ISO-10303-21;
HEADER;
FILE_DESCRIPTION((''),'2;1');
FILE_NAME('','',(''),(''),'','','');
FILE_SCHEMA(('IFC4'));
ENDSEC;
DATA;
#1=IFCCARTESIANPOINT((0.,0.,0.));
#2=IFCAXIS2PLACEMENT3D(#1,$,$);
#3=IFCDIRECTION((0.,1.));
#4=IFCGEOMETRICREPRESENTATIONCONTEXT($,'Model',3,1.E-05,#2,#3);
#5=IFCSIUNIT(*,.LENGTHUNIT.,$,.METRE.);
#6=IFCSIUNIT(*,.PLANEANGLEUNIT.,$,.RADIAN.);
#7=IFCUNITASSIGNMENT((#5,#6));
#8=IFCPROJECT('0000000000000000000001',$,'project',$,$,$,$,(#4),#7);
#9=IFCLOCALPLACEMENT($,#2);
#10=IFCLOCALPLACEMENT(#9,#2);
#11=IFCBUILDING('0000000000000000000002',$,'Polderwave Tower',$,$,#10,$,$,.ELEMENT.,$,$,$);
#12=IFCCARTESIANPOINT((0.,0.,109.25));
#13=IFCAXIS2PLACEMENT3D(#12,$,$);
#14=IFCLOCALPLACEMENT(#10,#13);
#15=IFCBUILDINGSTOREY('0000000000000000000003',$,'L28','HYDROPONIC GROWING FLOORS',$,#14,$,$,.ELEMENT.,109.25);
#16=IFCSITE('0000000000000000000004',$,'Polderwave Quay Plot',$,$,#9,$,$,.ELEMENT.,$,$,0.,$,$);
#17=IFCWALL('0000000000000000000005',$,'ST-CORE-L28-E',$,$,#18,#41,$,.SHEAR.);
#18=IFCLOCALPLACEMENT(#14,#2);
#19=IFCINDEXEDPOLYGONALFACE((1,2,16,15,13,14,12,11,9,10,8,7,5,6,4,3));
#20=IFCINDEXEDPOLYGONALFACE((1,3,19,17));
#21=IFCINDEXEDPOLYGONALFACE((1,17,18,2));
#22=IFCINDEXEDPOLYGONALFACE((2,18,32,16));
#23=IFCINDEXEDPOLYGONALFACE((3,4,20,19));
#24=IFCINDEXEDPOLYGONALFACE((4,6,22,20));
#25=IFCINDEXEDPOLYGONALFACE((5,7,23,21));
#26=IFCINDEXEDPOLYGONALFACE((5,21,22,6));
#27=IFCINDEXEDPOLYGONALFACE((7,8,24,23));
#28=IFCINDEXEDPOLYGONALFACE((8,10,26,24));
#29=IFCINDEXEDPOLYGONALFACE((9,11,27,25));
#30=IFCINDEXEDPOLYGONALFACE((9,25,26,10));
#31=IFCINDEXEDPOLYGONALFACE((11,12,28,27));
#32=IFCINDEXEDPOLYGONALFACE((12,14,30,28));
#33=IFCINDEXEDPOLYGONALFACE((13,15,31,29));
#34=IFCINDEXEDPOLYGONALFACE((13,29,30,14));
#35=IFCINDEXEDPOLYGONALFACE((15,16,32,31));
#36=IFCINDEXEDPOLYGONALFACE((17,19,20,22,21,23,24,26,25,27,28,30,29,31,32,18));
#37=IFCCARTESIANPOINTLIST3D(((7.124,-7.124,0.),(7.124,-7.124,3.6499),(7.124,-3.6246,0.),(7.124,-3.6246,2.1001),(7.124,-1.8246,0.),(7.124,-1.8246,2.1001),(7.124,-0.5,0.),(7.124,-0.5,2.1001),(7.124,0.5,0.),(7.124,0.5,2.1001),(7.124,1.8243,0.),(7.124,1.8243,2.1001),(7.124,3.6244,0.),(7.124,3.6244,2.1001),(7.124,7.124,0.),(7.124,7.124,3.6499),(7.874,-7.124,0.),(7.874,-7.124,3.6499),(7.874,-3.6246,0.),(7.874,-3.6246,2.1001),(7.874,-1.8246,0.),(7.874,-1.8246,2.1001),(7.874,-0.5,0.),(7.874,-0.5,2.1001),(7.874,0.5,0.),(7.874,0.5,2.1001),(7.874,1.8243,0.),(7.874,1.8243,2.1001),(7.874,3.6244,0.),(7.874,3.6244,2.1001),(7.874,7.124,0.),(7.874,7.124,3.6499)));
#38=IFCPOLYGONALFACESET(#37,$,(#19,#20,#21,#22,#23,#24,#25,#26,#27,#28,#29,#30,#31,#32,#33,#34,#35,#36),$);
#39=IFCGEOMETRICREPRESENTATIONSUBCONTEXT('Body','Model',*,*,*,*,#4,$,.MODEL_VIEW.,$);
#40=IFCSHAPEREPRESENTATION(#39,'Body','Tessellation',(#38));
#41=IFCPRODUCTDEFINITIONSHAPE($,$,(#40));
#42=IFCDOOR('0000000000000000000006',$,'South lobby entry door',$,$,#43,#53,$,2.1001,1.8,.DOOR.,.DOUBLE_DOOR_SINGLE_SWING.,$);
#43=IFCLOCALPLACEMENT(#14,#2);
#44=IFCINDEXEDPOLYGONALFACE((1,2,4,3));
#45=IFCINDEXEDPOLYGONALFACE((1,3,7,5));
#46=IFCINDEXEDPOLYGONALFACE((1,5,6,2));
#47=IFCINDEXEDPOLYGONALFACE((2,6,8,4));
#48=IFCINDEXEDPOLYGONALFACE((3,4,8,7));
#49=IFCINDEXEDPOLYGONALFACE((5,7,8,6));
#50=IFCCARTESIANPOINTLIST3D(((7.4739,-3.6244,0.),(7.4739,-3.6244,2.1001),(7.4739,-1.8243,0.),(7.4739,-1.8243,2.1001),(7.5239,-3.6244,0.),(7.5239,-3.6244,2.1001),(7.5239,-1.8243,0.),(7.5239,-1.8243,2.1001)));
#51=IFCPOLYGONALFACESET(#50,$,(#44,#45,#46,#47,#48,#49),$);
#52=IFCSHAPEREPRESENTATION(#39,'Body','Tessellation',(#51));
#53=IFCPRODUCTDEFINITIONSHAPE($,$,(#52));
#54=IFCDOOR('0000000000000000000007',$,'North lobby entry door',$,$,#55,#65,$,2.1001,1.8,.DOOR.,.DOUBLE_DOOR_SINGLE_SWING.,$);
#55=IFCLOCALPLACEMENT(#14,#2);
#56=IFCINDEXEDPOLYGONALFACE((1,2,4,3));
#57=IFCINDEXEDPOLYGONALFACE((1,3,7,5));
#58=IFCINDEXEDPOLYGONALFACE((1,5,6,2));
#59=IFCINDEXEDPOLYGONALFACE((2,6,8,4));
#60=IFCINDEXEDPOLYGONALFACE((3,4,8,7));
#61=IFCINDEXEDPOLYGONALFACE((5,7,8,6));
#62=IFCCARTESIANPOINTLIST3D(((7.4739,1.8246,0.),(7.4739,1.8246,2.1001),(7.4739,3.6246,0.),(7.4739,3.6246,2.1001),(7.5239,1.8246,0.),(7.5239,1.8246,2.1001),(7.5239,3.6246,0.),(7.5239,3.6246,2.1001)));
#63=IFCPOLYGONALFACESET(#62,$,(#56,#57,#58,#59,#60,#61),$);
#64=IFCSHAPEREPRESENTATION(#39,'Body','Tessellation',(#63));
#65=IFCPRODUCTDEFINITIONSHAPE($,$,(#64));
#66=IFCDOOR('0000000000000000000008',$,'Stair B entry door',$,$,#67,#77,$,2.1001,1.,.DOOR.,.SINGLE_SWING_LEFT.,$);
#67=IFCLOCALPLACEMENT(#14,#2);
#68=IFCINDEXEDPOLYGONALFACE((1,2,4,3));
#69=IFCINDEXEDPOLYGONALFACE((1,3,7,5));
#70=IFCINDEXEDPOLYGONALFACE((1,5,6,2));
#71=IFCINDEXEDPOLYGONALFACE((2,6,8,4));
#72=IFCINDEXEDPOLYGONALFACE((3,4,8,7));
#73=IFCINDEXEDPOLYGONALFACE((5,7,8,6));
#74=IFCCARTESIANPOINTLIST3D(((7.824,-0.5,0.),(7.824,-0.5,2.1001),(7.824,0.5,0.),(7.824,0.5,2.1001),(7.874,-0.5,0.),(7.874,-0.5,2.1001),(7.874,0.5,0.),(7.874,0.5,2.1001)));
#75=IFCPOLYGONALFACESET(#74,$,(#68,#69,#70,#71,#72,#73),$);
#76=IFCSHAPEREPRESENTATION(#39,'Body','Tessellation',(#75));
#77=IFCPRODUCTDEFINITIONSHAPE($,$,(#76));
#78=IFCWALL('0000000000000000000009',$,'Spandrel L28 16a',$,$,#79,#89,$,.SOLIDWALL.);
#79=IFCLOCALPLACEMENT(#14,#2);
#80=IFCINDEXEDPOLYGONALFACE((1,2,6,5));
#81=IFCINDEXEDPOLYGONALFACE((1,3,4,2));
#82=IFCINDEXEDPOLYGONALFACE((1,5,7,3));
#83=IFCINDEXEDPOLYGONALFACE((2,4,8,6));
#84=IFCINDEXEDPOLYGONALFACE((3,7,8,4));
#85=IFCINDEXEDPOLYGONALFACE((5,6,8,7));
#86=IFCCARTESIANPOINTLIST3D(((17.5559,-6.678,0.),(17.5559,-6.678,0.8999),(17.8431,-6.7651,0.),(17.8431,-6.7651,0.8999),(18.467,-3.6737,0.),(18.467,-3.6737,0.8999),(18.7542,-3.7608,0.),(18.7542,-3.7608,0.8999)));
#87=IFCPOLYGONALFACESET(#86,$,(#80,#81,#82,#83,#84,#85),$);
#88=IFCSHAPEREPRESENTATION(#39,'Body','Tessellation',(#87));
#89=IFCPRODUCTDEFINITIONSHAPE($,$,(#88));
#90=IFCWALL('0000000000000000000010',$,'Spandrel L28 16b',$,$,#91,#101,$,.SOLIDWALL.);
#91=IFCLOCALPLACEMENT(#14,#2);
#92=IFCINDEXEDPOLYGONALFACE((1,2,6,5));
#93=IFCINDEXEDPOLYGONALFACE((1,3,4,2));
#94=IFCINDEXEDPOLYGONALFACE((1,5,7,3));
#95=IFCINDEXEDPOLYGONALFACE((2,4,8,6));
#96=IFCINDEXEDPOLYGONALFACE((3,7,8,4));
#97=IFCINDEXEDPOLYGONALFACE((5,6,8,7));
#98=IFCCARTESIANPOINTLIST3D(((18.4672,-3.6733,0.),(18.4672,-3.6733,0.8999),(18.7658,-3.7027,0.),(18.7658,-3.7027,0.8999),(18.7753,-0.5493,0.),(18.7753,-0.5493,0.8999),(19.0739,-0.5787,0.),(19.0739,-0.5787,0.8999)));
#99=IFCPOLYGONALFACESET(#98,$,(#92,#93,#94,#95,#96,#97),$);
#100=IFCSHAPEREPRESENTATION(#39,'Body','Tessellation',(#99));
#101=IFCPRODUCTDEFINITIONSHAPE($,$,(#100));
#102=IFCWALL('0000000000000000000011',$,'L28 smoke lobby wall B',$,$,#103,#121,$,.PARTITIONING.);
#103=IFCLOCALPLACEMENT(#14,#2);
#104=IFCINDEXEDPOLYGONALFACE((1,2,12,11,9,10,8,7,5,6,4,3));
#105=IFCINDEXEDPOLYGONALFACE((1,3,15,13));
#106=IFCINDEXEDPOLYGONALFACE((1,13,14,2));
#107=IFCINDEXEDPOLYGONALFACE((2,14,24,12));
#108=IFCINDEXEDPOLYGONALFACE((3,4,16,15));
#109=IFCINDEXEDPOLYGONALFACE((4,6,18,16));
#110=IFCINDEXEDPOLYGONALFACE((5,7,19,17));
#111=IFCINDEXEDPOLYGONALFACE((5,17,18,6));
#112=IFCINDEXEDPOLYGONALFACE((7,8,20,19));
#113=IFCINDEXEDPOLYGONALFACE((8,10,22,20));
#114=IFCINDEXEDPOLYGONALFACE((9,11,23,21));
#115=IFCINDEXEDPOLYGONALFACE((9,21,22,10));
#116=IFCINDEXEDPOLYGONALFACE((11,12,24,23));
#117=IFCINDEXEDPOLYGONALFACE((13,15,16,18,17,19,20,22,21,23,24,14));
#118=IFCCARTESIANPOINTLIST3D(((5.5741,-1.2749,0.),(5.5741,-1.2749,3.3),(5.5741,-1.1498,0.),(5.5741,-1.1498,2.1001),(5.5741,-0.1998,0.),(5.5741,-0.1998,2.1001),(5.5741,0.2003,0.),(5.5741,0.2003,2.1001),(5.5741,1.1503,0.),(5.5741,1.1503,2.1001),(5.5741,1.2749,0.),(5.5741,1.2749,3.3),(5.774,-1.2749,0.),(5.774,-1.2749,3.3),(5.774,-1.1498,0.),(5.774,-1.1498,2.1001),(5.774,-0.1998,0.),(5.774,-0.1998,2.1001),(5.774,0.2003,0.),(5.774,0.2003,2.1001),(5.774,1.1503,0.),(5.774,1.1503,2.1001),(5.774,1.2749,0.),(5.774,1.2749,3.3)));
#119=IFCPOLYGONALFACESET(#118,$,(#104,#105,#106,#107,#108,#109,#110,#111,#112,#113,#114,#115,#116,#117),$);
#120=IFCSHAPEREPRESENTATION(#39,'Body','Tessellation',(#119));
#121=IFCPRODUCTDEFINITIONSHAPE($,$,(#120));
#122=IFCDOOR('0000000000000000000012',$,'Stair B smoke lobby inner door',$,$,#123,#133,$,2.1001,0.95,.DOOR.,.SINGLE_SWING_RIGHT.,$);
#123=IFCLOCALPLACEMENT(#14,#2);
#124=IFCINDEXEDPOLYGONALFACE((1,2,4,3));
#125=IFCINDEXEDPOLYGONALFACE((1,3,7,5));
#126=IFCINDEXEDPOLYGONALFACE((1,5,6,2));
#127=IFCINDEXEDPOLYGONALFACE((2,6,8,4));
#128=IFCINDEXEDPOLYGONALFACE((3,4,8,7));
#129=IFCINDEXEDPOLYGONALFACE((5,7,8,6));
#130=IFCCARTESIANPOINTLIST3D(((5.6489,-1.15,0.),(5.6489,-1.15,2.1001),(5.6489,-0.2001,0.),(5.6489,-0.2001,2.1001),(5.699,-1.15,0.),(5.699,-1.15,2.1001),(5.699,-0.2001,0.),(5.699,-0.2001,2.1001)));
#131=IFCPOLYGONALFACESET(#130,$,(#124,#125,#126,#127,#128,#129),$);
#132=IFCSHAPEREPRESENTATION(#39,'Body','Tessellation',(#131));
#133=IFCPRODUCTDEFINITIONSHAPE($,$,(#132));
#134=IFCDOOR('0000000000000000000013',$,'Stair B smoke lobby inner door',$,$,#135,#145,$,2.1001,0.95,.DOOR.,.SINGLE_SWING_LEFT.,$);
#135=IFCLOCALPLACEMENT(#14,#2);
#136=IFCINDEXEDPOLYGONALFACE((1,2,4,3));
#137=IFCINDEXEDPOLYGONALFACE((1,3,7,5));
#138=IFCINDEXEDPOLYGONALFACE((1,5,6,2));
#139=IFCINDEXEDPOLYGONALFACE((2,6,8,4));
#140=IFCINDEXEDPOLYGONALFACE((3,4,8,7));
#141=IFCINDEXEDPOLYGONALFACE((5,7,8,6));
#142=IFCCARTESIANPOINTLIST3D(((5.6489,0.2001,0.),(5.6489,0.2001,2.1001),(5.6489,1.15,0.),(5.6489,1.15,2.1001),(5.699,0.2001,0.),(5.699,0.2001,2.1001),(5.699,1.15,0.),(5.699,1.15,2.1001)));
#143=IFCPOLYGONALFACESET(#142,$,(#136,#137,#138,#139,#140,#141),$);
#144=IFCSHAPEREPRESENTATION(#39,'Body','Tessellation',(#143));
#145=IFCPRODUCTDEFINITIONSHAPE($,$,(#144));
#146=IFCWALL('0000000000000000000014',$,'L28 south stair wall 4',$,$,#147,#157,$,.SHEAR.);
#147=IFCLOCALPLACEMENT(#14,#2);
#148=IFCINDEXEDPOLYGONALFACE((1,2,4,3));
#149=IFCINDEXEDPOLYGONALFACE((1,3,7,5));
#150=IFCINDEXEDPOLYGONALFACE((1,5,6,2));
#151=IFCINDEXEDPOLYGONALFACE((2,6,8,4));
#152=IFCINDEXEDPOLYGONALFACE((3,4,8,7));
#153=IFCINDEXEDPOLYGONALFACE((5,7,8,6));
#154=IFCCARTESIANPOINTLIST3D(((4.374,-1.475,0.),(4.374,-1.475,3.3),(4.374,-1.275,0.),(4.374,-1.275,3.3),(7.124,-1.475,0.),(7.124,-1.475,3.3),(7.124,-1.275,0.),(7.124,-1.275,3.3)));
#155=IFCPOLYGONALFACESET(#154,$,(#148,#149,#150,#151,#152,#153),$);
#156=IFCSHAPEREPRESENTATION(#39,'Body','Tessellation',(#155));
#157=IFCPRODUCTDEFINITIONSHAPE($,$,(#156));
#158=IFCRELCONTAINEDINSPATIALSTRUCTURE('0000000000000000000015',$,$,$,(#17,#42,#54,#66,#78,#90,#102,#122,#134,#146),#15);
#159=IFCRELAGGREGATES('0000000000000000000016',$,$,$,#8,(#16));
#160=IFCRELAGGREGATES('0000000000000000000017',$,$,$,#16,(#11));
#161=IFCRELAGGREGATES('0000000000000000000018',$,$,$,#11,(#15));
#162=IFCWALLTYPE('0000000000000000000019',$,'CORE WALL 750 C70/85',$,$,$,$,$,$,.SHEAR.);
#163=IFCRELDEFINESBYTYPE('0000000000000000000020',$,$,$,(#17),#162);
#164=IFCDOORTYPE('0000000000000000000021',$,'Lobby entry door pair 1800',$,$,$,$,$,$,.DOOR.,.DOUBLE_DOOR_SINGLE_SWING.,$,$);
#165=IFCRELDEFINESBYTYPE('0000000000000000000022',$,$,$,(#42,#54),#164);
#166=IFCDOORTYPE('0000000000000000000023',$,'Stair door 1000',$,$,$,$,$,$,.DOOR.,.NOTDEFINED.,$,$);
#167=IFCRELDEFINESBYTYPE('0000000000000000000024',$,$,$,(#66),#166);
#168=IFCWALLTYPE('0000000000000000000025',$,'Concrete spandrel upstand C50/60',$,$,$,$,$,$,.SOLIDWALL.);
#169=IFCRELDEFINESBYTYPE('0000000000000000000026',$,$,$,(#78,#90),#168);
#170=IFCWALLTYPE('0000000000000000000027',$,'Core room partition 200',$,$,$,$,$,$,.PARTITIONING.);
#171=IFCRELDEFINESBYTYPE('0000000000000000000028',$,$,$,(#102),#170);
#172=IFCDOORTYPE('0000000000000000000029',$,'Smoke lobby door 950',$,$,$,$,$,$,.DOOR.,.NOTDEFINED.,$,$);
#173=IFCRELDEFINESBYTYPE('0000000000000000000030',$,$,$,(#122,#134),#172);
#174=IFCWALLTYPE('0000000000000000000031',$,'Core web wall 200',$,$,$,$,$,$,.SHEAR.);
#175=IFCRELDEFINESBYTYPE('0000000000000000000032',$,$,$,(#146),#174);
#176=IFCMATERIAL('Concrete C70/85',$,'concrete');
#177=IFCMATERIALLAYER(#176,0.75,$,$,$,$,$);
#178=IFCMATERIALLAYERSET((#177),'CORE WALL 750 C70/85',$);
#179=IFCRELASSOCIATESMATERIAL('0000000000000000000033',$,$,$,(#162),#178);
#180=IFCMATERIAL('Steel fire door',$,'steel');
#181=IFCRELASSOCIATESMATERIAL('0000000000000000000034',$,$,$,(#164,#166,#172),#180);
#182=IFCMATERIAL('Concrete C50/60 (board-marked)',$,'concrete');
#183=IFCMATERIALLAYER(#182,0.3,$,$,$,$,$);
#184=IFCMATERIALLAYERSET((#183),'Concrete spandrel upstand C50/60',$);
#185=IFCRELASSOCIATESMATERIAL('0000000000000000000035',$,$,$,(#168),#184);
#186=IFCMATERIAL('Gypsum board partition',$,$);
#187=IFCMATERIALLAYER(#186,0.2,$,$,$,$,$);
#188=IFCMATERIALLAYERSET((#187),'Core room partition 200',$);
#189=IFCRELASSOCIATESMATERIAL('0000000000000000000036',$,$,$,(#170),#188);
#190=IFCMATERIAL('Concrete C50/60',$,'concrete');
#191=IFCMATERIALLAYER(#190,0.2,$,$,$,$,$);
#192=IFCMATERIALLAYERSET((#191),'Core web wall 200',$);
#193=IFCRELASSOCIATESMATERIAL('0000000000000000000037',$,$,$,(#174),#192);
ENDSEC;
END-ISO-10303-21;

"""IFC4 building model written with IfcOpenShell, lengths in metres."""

from ifc_helpers import new_model, si_unit, direction, frame, frame_2d, origin, place, context, subcontext, project, spatial, rectangle, extrude, material, layer, layer_set, type_object, element, fill, save


model = new_model("IFC4")

# Units and contexts
model_context = context("Model", 3, precision=1e-05, world=origin(), true_north=direction((0.0, 1.0)))
body_context = subcontext(model_context, "Body", "Model", "MODEL_VIEW")
ifc_project = project(units=[si_unit("LENGTHUNIT", "METRE"), si_unit("PLANEANGLEUNIT", "RADIAN")], contexts=[model_context])

# Site, building, storey
site_placement = place(None, origin())
site = spatial("IfcSite", under=ifc_project, at=site_placement, Name="Polderwave Quay Plot", CompositionType="ELEMENT", RefElevation=0.0)
building_placement = place(site_placement, origin())
building = spatial("IfcBuilding", under=site, at=building_placement, Name="Polderwave Tower", CompositionType="ELEMENT")
storey_placement = place(building_placement, frame((0.0, 0.0, 109.25)))
storey = spatial("IfcBuildingStorey", under=building, at=storey_placement, Name="L28", Description="HYDROPONIC GROWING FLOORS", CompositionType="ELEMENT", Elevation=109.25)

# Shared definitions
ifc_material_1 = material(Name="Concrete C70/85", Category="concrete")

# Wall, openings, doors
ifc_layer_1 = layer(ifc_material_1, 0.75)
ifc_layer_set_1 = layer_set([ifc_layer_1], Name="CORE WALL 750 C70/85")
wall_type_1 = type_object("IfcWallType", Name="CORE WALL 750 C70/85", PredefinedType="SHEAR", material=ifc_layer_set_1)
wall_1_placement = place(storey_placement, frame((7.499, -7.124, 0.0), z_axis=(0.0, 0.0, 1.0), x_axis=(0.0, 1.0, 0.0)))
wall_1 = element("IfcWall", 1, at=wall_1_placement, inside=storey, type_object=wall_type_1, Name="ST-CORE-L28-E", PredefinedType="SHEAR", context=body_context, shape_type="SweptSolid", body=[
    extrude(rectangle(XDim=14.248, YDim=0.75, at=frame_2d((7.124, 0.0))), origin(), (0.0, 0.0, 1.0), 3.6499),
])
opening_1_placement = place(wall_1_placement, frame((6.624, 0.0, 0.0)))
opening_1 = element("IfcOpeningElement", 2, at=opening_1_placement, cuts=wall_1, PredefinedType="OPENING", context=body_context, shape_type="SweptSolid", body=[
    extrude(rectangle(XDim=1.0, YDim=2.1001, at=frame_2d((0.5, 1.05))), frame((0.0, 0.385, 0.0), z_axis=(0.0, -1.0, 0.0), x_axis=(1.0, 0.0, 0.0)), (0.0, 0.0, 1.0), 0.77),
])
opening_2_placement = place(wall_1_placement, frame((3.4995, 0.0, 0.0)))
opening_2 = element("IfcOpeningElement", 3, at=opening_2_placement, cuts=wall_1, PredefinedType="OPENING", context=body_context, shape_type="SweptSolid", body=[
    extrude(rectangle(XDim=1.8, YDim=2.1001, at=frame_2d((0.8999, 1.05))), frame((0.0, 0.385, 0.0), z_axis=(0.0, -1.0, 0.0), x_axis=(1.0, 0.0, 0.0)), (0.0, 0.0, 1.0), 0.77),
])
opening_3_placement = place(wall_1_placement, frame((8.9485, 0.0, 0.0)))
opening_3 = element("IfcOpeningElement", 4, at=opening_3_placement, cuts=wall_1, PredefinedType="OPENING", context=body_context, shape_type="SweptSolid", body=[
    extrude(rectangle(XDim=1.8, YDim=2.1001, at=frame_2d((0.8999, 1.05))), frame((0.0, 0.385, 0.0), z_axis=(0.0, -1.0, 0.0), x_axis=(1.0, 0.0, 0.0)), (0.0, 0.0, 1.0), 0.77),
])
ifc_material_2 = material(Name="Steel fire door", Category="steel")
door_type_1 = type_object("IfcDoorType", Name="Lobby entry door pair 1800", OperationType="DOUBLE_DOOR_SINGLE_SWING", PredefinedType="DOOR", material=ifc_material_2)
door_1_placement = place(opening_2_placement, frame((1.8, 0.0, 0.0), z_axis=(0.0, 0.0, 1.0), x_axis=(-1.0, 0.0, 0.0)))
door_1 = element("IfcDoor", 5, at=door_1_placement, inside=storey, type_object=door_type_1, Name="South lobby entry door", OperationType="DOUBLE_DOOR_SINGLE_SWING", OverallHeight=2.1001, OverallWidth=1.8, PredefinedType="DOOR", context=body_context, shape_type="SweptSolid", body=[
    extrude(rectangle(XDim=1.8, YDim=2.1001, at=frame_2d((0.8999, 1.05))), frame((0.0, 0.0249, 0.0), z_axis=(0.0, -1.0, 0.0), x_axis=(1.0, 0.0, 0.0)), (0.0, 0.0, 1.0), 0.05),
])
fill(opening_2, door_1)
door_2_placement = place(opening_3_placement, frame((1.8, 0.0, 0.0), z_axis=(0.0, 0.0, 1.0), x_axis=(-1.0, 0.0, 0.0)))
door_2 = element("IfcDoor", 6, at=door_2_placement, inside=storey, type_object=door_type_1, Name="North lobby entry door", OperationType="DOUBLE_DOOR_SINGLE_SWING", OverallHeight=2.1001, OverallWidth=1.8, PredefinedType="DOOR", context=body_context, shape_type="SweptSolid", body=[
    extrude(rectangle(XDim=1.8, YDim=2.1001, at=frame_2d((0.8999, 1.05))), frame((0.0, 0.0249, 0.0), z_axis=(0.0, -1.0, 0.0), x_axis=(1.0, 0.0, 0.0)), (0.0, 0.0, 1.0), 0.05),
])
fill(opening_3, door_2)
door_type_2 = type_object("IfcDoorType", Name="Stair door 1000", OperationType="NOTDEFINED", PredefinedType="DOOR", material=ifc_material_2)
door_3_placement = place(opening_1_placement, frame((1.0, 0.0, 0.0), z_axis=(0.0, 0.0, 1.0), x_axis=(-1.0, 0.0, 0.0)))
door_3 = element("IfcDoor", 7, at=door_3_placement, inside=storey, type_object=door_type_2, Name="Stair B entry door", OperationType="SINGLE_SWING_LEFT", OverallHeight=2.1001, OverallWidth=1.0, PredefinedType="DOOR", context=body_context, shape_type="SweptSolid", body=[
    extrude(rectangle(XDim=1.0, YDim=2.1001, at=frame_2d((0.5, 1.05))), frame((0.0, 0.375, 0.0), z_axis=(0.0, -1.0, 0.0), x_axis=(1.0, 0.0, 0.0)), (0.0, 0.0, 1.0), 0.05),
])
fill(opening_1, door_3)

# Walls
ifc_material_3 = material(Name="Concrete C50/60 (board-marked)", Category="concrete")
ifc_layer_2 = layer(ifc_material_3, 0.3)
ifc_layer_set_2 = layer_set([ifc_layer_2], Name="Concrete spandrel upstand C50/60")
wall_type_2 = type_object("IfcWallType", Name="Concrete spandrel upstand C50/60", PredefinedType="SOLIDWALL", material=ifc_layer_set_2)
wall_2_placement = place(storey_placement, frame((17.6995, -6.7217, 0.0), z_axis=(0.0, 0.0, 1.0), x_axis=(0.290215, 0.956962, 0.0)))
element("IfcWall", 8, at=wall_2_placement, inside=storey, type_object=wall_type_2, Name="Spandrel L28 16a", PredefinedType="SOLIDWALL", context=body_context, shape_type="SweptSolid", body=[
    extrude(rectangle(XDim=3.1394, YDim=0.3, at=frame_2d((1.5698, 0.0))), origin(), (0.0, 0.0, 1.0), 0.8999),
])
wall_3_placement = place(storey_placement, frame((18.6165, -3.688, 0.0), z_axis=(0.0, 0.0, 1.0), x_axis=(0.098148, 0.995172, 0.0)))
element("IfcWall", 9, at=wall_3_placement, inside=storey, type_object=wall_type_2, Name="Spandrel L28 16b", PredefinedType="SOLIDWALL", context=body_context, shape_type="SweptSolid", body=[
    extrude(rectangle(XDim=3.1392, YDim=0.3, at=frame_2d((1.5696, 0.0))), origin(), (0.0, 0.0, 1.0), 0.8999),
])

# Wall, openings, doors
ifc_material_4 = material(Name="Gypsum board partition")
ifc_layer_3 = layer(ifc_material_4, 0.2)
ifc_layer_set_3 = layer_set([ifc_layer_3], Name="Core room partition 200")
wall_type_3 = type_object("IfcWallType", Name="Core room partition 200", PredefinedType="PARTITIONING", material=ifc_layer_set_3)
wall_4_placement = place(storey_placement, frame((5.6741, -1.2749, 0.0), z_axis=(0.0, 0.0, 1.0), x_axis=(0.0, 1.0, 0.0)))
wall_4 = element("IfcWall", 10, at=wall_4_placement, inside=storey, type_object=wall_type_3, Name="L28 smoke lobby wall B", PredefinedType="PARTITIONING", context=body_context, shape_type="SweptSolid", body=[
    extrude(rectangle(XDim=2.5498, YDim=0.2, at=frame_2d((1.2749, 0.0))), origin(), (0.0, 0.0, 1.0), 3.3),
])
opening_4_placement = place(wall_4_placement, frame((0.125, 0.0, 0.0)))
opening_4 = element("IfcOpeningElement", 11, at=opening_4_placement, cuts=wall_4, PredefinedType="OPENING", context=body_context, shape_type="SweptSolid", body=[
    extrude(rectangle(XDim=0.95, YDim=2.1001, at=frame_2d((0.4751, 1.05))), frame((0.0, 0.1099, 0.0), z_axis=(0.0, -1.0, 0.0), x_axis=(1.0, 0.0, 0.0)), (0.0, 0.0, 1.0), 0.22),
])
opening_5_placement = place(wall_4_placement, frame((1.4751, 0.0, 0.0)))
opening_5 = element("IfcOpeningElement", 12, at=opening_5_placement, cuts=wall_4, PredefinedType="OPENING", context=body_context, shape_type="SweptSolid", body=[
    extrude(rectangle(XDim=0.95, YDim=2.1001, at=frame_2d((0.4751, 1.05))), frame((0.0, 0.1099, 0.0), z_axis=(0.0, -1.0, 0.0), x_axis=(1.0, 0.0, 0.0)), (0.0, 0.0, 1.0), 0.22),
])
door_type_3 = type_object("IfcDoorType", Name="Smoke lobby door 950", OperationType="NOTDEFINED", PredefinedType="DOOR", material=ifc_material_2)
door_4_placement = place(opening_4_placement, frame((0.95, 0.0, 0.0), z_axis=(0.0, 0.0, 1.0), x_axis=(-1.0, 0.0, 0.0)))
door_4 = element("IfcDoor", 13, at=door_4_placement, inside=storey, type_object=door_type_3, Name="Stair B smoke lobby inner door", OperationType="SINGLE_SWING_RIGHT", OverallHeight=2.1001, OverallWidth=0.95, PredefinedType="DOOR", context=body_context, shape_type="SweptSolid", body=[
    extrude(rectangle(XDim=0.95, YDim=2.1001, at=frame_2d((0.4751, 1.05))), frame((0.0, 0.0249, 0.0), z_axis=(0.0, -1.0, 0.0), x_axis=(1.0, 0.0, 0.0)), (0.0, 0.0, 1.0), 0.05),
])
fill(opening_4, door_4)
door_5_placement = place(opening_5_placement, frame((0.95, 0.0, 0.0), z_axis=(0.0, 0.0, 1.0), x_axis=(-1.0, 0.0, 0.0)))
door_5 = element("IfcDoor", 14, at=door_5_placement, inside=storey, type_object=door_type_3, Name="Stair B smoke lobby inner door", OperationType="SINGLE_SWING_LEFT", OverallHeight=2.1001, OverallWidth=0.95, PredefinedType="DOOR", context=body_context, shape_type="SweptSolid", body=[
    extrude(rectangle(XDim=0.95, YDim=2.1001, at=frame_2d((0.4751, 1.05))), frame((0.0, 0.0249, 0.0), z_axis=(0.0, -1.0, 0.0), x_axis=(1.0, 0.0, 0.0)), (0.0, 0.0, 1.0), 0.05),
])
fill(opening_5, door_5)

# Wall
ifc_material_5 = material(Name="Concrete C50/60", Category="concrete")
ifc_layer_4 = layer(ifc_material_5, 0.2)
ifc_layer_set_4 = layer_set([ifc_layer_4], Name="Core web wall 200")
wall_type_4 = type_object("IfcWallType", Name="Core web wall 200", PredefinedType="SHEAR", material=ifc_layer_set_4)
wall_5_placement = place(storey_placement, frame((4.374, -1.375, 0.0), z_axis=(0.0, 0.0, 1.0), x_axis=(1.0, 0.0, 0.0)))
element("IfcWall", 15, at=wall_5_placement, inside=storey, type_object=wall_type_4, Name="L28 south stair wall 4", PredefinedType="SHEAR", context=body_context, shape_type="SweptSolid", body=[
    extrude(rectangle(XDim=2.75, YDim=0.2, at=frame_2d((1.375, 0.0))), origin(), (0.0, 0.0, 1.0), 3.3),
])

save(model, "model.ifc")
